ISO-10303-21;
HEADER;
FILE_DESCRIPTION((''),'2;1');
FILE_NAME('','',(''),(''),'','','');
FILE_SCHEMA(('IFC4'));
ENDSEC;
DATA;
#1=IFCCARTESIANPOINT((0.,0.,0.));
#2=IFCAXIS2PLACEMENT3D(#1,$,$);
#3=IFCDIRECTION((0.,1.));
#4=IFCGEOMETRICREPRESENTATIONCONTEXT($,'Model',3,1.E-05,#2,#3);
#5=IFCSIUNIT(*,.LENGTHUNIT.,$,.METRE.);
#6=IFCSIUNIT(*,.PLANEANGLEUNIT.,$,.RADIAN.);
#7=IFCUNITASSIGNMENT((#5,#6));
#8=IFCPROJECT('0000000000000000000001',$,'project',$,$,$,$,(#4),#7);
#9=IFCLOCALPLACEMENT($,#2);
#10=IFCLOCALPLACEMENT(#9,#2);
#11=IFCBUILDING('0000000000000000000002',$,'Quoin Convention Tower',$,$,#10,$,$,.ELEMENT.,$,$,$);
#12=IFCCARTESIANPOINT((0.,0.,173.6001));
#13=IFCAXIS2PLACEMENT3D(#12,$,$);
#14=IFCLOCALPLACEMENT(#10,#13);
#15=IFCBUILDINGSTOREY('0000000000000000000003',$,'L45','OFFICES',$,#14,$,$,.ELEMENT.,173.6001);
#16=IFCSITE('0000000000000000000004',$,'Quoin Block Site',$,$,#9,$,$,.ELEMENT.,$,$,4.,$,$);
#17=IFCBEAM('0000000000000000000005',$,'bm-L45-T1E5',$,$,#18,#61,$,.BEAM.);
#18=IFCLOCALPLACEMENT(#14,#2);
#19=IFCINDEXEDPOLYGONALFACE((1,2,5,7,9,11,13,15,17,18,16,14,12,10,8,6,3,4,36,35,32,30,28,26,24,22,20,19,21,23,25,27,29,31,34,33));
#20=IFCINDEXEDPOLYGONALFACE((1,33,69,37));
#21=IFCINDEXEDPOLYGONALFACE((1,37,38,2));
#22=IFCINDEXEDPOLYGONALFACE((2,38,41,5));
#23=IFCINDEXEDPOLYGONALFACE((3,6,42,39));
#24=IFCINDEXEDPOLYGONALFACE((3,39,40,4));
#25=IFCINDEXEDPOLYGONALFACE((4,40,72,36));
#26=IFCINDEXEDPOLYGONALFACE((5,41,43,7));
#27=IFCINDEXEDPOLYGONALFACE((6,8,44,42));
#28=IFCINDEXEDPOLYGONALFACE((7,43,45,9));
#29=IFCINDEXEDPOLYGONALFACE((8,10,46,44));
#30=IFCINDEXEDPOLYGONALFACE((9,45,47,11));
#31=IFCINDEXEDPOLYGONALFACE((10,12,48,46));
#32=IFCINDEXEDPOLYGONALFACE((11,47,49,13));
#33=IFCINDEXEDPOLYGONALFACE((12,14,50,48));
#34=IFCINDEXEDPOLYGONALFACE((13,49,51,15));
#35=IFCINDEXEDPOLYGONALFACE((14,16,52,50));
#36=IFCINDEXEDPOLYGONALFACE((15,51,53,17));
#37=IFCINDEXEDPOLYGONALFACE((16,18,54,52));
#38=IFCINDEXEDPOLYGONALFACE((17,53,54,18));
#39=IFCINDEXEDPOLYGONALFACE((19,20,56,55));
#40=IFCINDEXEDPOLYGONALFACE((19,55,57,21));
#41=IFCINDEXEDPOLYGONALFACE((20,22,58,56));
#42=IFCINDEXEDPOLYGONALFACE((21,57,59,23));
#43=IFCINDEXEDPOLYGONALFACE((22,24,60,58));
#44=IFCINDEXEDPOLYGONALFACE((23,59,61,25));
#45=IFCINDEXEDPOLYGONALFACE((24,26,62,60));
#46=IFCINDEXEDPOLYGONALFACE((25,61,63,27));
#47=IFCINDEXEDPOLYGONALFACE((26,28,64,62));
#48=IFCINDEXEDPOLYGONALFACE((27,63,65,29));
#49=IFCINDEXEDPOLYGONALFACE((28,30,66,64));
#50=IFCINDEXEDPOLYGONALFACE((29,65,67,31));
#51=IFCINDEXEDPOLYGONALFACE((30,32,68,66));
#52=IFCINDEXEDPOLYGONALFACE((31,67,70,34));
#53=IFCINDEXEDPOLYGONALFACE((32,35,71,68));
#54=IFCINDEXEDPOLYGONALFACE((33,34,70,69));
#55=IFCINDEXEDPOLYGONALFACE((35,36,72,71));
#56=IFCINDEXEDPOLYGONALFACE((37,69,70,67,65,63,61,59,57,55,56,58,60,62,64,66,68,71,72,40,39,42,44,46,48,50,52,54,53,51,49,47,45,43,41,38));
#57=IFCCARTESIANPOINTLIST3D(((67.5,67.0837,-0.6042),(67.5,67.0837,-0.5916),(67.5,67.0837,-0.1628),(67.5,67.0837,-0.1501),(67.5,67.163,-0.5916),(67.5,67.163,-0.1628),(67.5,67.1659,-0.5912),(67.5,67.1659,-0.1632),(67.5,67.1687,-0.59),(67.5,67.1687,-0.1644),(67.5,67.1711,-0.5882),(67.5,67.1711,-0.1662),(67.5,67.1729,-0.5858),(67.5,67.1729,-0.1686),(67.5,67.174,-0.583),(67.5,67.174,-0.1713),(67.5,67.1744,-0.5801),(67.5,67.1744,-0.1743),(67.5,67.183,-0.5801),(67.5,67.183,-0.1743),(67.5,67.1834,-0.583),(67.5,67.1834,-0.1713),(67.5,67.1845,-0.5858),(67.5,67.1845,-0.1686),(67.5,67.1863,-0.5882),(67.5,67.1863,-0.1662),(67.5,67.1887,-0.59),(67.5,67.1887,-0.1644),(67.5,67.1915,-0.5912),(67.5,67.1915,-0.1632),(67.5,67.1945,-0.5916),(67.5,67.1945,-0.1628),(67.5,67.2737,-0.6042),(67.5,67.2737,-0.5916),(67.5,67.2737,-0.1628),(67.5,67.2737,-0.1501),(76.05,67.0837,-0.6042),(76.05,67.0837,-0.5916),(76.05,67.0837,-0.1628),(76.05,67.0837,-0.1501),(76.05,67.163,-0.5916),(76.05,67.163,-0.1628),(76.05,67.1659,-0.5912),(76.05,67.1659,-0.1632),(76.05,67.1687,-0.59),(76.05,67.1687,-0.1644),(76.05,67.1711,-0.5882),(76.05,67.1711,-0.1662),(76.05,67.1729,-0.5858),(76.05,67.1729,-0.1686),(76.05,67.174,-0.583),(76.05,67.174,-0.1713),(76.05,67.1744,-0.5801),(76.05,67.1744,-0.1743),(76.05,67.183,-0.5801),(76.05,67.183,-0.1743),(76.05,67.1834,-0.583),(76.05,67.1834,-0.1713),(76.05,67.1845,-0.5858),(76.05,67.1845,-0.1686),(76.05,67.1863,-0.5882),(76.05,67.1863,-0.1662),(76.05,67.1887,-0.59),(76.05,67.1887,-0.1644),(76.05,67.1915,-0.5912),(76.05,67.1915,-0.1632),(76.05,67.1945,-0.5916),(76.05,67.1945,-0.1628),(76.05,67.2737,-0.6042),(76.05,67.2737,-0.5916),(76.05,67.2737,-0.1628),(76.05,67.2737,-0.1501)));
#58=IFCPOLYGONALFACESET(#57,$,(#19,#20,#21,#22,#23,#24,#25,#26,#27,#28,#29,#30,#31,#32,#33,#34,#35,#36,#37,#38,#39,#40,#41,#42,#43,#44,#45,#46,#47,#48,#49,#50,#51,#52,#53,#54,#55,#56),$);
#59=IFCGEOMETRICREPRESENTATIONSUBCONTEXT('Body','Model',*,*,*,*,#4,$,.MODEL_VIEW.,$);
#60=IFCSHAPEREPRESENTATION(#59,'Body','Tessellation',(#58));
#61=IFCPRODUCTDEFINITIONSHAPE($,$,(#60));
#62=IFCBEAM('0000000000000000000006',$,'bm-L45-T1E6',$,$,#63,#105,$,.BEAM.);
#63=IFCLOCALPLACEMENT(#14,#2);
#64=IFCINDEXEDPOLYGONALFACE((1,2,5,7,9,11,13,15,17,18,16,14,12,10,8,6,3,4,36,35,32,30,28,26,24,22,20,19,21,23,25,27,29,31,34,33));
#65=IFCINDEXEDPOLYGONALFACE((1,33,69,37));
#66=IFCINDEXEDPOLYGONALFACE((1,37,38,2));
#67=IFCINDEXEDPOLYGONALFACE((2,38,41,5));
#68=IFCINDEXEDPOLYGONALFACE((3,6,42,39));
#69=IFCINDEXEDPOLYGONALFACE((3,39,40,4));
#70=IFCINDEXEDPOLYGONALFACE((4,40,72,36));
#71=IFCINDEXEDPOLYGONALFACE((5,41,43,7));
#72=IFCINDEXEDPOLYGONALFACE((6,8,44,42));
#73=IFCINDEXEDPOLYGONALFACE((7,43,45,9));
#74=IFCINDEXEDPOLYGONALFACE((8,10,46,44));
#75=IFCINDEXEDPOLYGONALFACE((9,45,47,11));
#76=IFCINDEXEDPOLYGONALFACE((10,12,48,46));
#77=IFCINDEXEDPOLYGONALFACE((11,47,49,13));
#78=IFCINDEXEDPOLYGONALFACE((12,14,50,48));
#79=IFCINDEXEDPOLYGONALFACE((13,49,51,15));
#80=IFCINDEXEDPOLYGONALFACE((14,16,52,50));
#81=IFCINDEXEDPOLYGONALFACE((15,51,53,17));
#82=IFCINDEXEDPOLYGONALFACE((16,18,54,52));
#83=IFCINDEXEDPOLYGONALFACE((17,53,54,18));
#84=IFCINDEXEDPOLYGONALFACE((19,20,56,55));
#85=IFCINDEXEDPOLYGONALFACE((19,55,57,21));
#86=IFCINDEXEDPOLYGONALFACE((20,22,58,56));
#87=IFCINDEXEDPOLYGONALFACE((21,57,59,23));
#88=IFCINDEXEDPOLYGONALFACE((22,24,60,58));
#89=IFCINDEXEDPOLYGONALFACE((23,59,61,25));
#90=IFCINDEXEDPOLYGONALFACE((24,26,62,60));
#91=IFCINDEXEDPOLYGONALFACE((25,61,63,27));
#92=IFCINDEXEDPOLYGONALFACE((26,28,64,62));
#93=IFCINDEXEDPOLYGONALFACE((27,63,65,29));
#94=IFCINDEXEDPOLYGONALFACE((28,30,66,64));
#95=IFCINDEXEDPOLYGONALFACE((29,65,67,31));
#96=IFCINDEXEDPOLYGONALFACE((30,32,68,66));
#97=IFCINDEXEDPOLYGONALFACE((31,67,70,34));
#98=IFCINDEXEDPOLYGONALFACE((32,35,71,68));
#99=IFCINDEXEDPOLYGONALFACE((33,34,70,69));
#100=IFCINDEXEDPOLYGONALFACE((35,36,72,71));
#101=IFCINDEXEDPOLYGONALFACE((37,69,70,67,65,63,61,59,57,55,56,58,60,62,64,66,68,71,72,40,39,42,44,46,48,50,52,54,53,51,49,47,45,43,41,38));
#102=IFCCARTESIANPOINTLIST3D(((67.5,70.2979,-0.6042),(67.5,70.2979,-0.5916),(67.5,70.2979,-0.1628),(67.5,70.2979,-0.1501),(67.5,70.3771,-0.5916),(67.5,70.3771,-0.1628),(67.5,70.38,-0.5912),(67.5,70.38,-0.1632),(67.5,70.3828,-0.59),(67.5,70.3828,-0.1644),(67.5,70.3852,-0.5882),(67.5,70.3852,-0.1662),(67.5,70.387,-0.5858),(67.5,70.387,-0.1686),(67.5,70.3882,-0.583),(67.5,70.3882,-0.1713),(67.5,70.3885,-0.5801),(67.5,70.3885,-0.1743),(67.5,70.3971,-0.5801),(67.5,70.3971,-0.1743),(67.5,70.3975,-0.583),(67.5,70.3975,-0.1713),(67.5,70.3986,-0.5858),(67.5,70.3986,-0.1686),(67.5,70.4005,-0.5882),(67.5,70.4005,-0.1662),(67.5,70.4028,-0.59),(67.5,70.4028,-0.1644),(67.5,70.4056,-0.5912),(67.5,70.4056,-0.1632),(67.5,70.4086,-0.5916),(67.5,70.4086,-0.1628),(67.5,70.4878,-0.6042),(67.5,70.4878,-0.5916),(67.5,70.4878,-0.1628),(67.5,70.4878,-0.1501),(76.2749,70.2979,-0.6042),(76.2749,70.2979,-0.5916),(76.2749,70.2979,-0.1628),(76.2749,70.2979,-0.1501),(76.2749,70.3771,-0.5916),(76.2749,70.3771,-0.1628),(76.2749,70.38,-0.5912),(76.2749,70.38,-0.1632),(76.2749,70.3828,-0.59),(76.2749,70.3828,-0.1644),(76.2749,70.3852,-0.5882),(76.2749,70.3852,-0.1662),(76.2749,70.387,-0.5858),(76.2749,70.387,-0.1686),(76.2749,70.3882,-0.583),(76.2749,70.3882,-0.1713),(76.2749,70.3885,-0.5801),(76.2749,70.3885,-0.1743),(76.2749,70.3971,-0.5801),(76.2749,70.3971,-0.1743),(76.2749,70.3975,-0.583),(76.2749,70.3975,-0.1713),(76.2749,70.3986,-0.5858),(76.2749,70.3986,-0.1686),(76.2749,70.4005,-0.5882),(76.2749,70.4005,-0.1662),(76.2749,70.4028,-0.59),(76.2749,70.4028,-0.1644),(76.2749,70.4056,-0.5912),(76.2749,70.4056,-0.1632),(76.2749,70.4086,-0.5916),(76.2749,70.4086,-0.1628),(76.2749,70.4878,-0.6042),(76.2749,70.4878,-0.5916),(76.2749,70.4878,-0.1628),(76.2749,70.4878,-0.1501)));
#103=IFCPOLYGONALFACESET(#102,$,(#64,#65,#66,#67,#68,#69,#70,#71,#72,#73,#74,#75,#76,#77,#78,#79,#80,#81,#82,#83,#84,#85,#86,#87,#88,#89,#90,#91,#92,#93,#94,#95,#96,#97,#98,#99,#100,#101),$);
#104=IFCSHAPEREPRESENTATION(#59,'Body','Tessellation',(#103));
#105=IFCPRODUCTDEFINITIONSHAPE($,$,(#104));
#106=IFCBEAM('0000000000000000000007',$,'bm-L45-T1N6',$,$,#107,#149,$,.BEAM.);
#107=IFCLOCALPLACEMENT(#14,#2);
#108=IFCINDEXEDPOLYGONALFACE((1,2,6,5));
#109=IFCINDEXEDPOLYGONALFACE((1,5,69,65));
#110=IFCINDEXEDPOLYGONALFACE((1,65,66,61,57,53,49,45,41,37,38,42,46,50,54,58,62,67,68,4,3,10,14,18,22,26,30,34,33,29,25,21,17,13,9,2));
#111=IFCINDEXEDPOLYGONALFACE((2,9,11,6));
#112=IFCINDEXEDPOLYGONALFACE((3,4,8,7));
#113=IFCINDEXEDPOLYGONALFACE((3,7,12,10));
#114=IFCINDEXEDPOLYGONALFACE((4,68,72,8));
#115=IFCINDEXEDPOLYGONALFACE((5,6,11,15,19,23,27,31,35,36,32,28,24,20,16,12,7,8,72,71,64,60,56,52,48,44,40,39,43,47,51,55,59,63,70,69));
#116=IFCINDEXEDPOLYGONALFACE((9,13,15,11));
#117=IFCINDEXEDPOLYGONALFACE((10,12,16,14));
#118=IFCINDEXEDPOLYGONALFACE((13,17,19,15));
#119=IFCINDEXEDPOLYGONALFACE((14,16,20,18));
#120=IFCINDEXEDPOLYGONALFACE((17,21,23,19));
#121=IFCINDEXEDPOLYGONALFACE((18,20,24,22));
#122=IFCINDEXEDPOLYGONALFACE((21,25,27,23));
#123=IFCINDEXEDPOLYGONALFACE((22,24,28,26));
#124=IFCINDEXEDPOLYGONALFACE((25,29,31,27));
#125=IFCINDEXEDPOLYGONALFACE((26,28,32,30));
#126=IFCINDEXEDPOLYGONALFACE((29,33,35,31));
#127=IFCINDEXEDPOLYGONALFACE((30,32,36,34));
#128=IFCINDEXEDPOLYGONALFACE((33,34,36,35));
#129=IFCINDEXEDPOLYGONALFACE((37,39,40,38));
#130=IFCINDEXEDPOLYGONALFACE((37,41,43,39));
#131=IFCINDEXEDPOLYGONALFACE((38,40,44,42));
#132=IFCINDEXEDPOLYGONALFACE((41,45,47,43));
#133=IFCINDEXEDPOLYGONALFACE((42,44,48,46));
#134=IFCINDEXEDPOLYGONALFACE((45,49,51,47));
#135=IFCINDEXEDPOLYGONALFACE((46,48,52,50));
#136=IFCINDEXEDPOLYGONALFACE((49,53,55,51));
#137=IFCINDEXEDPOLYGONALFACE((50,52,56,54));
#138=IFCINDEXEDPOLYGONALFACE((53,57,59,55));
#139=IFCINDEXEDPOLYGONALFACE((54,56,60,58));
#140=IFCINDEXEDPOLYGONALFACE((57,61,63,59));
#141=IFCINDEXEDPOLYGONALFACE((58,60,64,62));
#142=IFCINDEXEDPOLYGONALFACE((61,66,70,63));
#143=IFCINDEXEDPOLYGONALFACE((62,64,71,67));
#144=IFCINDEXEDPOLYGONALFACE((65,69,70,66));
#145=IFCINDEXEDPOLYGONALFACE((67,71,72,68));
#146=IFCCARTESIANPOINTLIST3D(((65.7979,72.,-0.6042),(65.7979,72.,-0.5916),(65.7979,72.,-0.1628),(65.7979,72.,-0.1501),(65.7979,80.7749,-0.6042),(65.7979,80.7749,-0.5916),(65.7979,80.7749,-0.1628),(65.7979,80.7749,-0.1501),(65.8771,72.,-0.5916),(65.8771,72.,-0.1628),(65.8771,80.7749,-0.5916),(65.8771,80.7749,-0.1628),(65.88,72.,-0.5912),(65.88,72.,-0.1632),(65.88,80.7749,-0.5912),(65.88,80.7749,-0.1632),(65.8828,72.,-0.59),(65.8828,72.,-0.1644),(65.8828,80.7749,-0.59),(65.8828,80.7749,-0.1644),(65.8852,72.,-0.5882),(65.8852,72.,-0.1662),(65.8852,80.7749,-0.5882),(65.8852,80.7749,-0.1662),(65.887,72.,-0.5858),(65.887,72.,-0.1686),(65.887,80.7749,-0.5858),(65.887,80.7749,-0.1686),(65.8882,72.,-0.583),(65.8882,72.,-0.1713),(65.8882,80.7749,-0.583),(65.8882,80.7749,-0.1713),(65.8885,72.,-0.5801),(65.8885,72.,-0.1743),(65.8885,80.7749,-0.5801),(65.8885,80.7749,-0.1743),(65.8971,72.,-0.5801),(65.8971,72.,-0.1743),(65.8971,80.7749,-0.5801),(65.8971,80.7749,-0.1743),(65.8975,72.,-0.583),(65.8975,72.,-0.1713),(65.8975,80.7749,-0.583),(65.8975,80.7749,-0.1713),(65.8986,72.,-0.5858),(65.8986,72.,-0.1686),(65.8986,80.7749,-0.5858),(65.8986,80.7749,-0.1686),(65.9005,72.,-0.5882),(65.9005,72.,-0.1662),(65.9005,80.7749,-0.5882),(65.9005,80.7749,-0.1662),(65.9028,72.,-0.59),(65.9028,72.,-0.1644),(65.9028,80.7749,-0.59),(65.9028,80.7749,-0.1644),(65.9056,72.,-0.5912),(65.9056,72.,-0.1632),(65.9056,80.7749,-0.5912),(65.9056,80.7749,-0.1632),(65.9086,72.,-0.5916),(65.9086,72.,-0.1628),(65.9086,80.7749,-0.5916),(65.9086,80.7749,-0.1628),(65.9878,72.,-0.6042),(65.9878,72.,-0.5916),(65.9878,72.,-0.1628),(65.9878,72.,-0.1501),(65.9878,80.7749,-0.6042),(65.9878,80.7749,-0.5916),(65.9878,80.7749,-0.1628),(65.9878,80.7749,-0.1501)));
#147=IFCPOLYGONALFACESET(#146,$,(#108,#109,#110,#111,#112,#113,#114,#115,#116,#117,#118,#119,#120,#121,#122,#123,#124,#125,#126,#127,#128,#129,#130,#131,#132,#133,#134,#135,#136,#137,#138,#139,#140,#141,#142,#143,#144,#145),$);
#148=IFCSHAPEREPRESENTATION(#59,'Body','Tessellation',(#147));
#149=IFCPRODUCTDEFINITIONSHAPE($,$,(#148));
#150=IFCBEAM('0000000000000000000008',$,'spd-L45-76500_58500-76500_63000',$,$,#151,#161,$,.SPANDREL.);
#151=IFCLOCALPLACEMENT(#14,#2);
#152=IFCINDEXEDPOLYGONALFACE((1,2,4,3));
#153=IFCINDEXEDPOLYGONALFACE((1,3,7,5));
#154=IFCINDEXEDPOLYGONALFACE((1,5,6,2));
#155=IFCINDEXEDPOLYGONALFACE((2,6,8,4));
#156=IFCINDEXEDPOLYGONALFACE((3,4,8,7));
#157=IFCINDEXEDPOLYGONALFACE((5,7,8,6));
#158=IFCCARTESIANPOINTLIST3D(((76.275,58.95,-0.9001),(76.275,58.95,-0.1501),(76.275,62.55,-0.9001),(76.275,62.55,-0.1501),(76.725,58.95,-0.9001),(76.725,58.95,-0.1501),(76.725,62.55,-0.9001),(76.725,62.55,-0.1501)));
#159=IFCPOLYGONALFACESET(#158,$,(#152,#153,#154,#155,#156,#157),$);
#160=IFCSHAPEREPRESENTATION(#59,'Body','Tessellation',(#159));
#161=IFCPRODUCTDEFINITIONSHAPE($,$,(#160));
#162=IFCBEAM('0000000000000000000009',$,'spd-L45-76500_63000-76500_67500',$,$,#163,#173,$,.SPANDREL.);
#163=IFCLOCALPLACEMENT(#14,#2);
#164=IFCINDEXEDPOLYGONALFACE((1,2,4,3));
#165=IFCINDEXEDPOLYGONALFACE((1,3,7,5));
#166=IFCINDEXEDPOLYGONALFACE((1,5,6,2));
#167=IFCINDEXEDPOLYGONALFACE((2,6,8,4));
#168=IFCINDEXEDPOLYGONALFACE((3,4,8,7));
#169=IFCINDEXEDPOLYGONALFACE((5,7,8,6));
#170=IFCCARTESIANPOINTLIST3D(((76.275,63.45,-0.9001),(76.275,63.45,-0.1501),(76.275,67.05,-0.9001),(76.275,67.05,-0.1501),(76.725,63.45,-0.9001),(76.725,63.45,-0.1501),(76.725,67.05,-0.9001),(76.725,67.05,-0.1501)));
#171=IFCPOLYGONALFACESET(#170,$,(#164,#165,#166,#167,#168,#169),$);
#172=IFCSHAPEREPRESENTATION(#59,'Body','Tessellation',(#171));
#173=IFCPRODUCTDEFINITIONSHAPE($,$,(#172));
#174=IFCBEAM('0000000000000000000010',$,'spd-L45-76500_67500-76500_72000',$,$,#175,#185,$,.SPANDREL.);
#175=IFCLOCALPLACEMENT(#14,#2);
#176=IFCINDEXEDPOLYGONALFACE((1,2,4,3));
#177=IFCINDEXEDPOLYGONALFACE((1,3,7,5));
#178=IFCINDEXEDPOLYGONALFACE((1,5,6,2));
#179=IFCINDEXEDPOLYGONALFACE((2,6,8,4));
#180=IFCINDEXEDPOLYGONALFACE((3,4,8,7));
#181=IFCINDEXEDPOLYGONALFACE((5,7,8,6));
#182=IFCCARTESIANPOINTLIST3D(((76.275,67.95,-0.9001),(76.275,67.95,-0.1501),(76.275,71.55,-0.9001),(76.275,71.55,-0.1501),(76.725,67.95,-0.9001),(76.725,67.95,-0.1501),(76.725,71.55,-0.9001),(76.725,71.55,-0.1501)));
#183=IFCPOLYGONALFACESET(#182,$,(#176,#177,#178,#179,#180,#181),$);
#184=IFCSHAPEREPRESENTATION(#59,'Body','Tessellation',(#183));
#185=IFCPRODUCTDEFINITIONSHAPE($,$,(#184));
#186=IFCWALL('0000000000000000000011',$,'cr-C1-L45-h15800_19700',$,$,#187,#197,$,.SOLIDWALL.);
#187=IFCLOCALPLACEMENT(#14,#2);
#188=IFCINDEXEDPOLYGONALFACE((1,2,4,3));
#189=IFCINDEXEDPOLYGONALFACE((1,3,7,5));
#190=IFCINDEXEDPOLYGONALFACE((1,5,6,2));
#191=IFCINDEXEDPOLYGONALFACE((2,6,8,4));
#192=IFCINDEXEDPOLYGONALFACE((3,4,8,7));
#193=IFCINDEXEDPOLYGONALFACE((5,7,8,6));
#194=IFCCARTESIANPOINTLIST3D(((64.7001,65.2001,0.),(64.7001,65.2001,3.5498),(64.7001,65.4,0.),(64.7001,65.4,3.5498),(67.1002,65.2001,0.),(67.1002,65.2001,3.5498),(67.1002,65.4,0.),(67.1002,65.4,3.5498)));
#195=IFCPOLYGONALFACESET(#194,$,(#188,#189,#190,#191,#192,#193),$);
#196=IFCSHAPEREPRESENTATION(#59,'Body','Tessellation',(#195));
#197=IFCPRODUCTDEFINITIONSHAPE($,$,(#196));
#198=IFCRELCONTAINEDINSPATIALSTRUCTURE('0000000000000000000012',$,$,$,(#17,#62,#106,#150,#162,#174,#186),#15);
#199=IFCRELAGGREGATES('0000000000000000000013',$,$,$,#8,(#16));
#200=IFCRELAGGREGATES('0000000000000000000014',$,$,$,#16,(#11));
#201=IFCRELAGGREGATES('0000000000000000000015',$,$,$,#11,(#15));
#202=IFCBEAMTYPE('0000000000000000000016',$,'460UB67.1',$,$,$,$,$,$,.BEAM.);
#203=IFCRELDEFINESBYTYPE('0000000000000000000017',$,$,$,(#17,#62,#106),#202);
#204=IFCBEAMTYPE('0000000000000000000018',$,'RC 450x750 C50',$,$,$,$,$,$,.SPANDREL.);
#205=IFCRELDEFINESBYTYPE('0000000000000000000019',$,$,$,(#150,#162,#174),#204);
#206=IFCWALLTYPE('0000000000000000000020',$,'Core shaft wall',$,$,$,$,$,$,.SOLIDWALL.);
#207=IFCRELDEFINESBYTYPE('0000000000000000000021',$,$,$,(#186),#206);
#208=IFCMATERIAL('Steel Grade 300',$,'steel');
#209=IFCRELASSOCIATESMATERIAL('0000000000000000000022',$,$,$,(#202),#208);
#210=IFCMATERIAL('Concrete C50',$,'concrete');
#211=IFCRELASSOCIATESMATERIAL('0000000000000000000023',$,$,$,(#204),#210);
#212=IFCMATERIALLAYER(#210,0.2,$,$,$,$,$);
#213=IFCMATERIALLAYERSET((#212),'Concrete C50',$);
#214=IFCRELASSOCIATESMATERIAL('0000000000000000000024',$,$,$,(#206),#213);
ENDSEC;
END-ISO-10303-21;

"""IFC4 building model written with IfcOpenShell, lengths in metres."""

from ifc_helpers import new_model, si_unit, direction, frame, frame_2d, origin, origin_2d, place, context, subcontext, project, spatial, rectangle, i_section, extrude, material, layer, layer_set, material_profile, profile_set, type_object, element, save


model = new_model("IFC4")

# Units and contexts
model_context = context("Model", 3, precision=1e-05, world=origin(), true_north=direction((0.0, 1.0)))
body_context = subcontext(model_context, "Body", "Model", "MODEL_VIEW")
ifc_project = project(units=[si_unit("LENGTHUNIT", "METRE"), si_unit("PLANEANGLEUNIT", "RADIAN")], contexts=[model_context])

# Site, building, storey
site_placement = place(None, origin())
site = spatial("IfcSite", under=ifc_project, at=site_placement, Name="Quoin Block Site", CompositionType="ELEMENT", RefElevation=4.0)
building_placement = place(site_placement, origin())
building = spatial("IfcBuilding", under=site, at=building_placement, Name="Quoin Convention Tower", CompositionType="ELEMENT")
storey_placement = place(building_placement, frame((0.0, 0.0, 173.6001)))
storey = spatial("IfcBuildingStorey", under=building, at=storey_placement, Name="L45", Description="OFFICES", CompositionType="ELEMENT", Elevation=173.6001)

# Shared definitions
ifc_material_1 = material(Name="Concrete C50", Category="concrete")

# Beams
ifc_material_2 = material(Name="Steel Grade 300", Category="steel")
ifc_material_profile_1 = material_profile(ifc_material_2, i_section(OverallWidth=0.1899, OverallDepth=0.4541, WebThickness=0.0085, FlangeThickness=0.0127, FilletRadius=0.0115, at=origin_2d()), Name="460UB67.1")
ifc_profile_set_1 = profile_set([ifc_material_profile_1], Name="Steel Grade 300")
beam_type_1 = type_object("IfcBeamType", Name="460UB67.1", PredefinedType="BEAM", material=ifc_profile_set_1)
beam_placement = place(storey_placement, frame((67.5, 67.1787, -0.3772), z_axis=(1.0, 0.0, 0.0), x_axis=(0.0, 1.0, 0.0)))
element("IfcBeam", 1, at=beam_placement, inside=storey, type_object=beam_type_1, Name="bm-L45-T1E5", PredefinedType="BEAM", context=body_context, shape_type="SweptSolid", body=[
    extrude(i_section(OverallWidth=0.1899, OverallDepth=0.4541, WebThickness=0.0085, FlangeThickness=0.0127, FilletRadius=0.0115, at=origin_2d()), origin(), (0.0, 0.0, 1.0), 8.55),
])
for number, where, z_axis, x_axis, name in (
    (2, (67.5, 70.3928, -0.3772), (1.0, 0.0, 0.0), (0.0, 1.0, 0.0), "bm-L45-T1E6"),
    (3, (65.8928, 72.0, -0.3772), (0.0, 1.0, 0.0), (-1.0, 0.0, 0.0), "bm-L45-T1N6"),
):
    element("IfcBeam", number, at=place(storey_placement, frame(where, z_axis=z_axis, x_axis=x_axis)), inside=storey, type_object=beam_type_1, Name=name, PredefinedType="BEAM", context=body_context, shape_type="SweptSolid", body=[
        extrude(i_section(OverallWidth=0.1899, OverallDepth=0.4541, WebThickness=0.0085, FlangeThickness=0.0127, FilletRadius=0.0115, at=origin_2d()), origin(), (0.0, 0.0, 1.0), 8.7749),
    ])
ifc_material_profile_2 = material_profile(ifc_material_1, rectangle(XDim=0.45, YDim=0.75, at=origin_2d()), Name="RC 450x750")
ifc_profile_set_2 = profile_set([ifc_material_profile_2], Name="Concrete C50")
beam_type_2 = type_object("IfcBeamType", Name="RC 450x750 C50", PredefinedType="SPANDREL", material=ifc_profile_set_2)
for number, where, z_axis, x_axis, name in (
    (4, (76.5, 58.95, -0.5251), (0.0, 1.0, 0.0), (-1.0, 0.0, 0.0), "spd-L45-76500_58500-76500_63000"),
    (5, (76.5, 63.45, -0.5251), (0.0, 1.0, 0.0), (-1.0, 0.0, 0.0), "spd-L45-76500_63000-76500_67500"),
    (6, (76.5, 67.95, -0.5251), (0.0, 1.0, 0.0), (-1.0, 0.0, 0.0), "spd-L45-76500_67500-76500_72000"),
):
    element("IfcBeam", number, at=place(storey_placement, frame(where, z_axis=z_axis, x_axis=x_axis)), inside=storey, type_object=beam_type_2, Name=name, PredefinedType="SPANDREL", context=body_context, shape_type="SweptSolid", body=[
        extrude(rectangle(XDim=0.45, YDim=0.75, at=origin_2d()), origin(), (0.0, 0.0, 1.0), 3.6001),
    ])

# Wall
ifc_layer_1 = layer(ifc_material_1, 0.2)
ifc_layer_set_1 = layer_set([ifc_layer_1], Name="Concrete C50")
wall_type_1 = type_object("IfcWallType", Name="Core shaft wall", PredefinedType="SOLIDWALL", material=ifc_layer_set_1)
wall_1_placement = place(storey_placement, frame((64.7, 65.3, 0.0), z_axis=(0.0, 0.0, 1.0), x_axis=(1.0, 0.0, 0.0)))
element("IfcWall", 7, at=wall_1_placement, inside=storey, type_object=wall_type_1, Name="cr-C1-L45-h15800_19700", PredefinedType="SOLIDWALL", context=body_context, shape_type="SweptSolid", body=[
    extrude(rectangle(XDim=2.4001, YDim=0.2, at=frame_2d((1.2002, 0.0))), origin(), (0.0, 0.0, 1.0), 3.5498),
])

save(model, "model.ifc")
